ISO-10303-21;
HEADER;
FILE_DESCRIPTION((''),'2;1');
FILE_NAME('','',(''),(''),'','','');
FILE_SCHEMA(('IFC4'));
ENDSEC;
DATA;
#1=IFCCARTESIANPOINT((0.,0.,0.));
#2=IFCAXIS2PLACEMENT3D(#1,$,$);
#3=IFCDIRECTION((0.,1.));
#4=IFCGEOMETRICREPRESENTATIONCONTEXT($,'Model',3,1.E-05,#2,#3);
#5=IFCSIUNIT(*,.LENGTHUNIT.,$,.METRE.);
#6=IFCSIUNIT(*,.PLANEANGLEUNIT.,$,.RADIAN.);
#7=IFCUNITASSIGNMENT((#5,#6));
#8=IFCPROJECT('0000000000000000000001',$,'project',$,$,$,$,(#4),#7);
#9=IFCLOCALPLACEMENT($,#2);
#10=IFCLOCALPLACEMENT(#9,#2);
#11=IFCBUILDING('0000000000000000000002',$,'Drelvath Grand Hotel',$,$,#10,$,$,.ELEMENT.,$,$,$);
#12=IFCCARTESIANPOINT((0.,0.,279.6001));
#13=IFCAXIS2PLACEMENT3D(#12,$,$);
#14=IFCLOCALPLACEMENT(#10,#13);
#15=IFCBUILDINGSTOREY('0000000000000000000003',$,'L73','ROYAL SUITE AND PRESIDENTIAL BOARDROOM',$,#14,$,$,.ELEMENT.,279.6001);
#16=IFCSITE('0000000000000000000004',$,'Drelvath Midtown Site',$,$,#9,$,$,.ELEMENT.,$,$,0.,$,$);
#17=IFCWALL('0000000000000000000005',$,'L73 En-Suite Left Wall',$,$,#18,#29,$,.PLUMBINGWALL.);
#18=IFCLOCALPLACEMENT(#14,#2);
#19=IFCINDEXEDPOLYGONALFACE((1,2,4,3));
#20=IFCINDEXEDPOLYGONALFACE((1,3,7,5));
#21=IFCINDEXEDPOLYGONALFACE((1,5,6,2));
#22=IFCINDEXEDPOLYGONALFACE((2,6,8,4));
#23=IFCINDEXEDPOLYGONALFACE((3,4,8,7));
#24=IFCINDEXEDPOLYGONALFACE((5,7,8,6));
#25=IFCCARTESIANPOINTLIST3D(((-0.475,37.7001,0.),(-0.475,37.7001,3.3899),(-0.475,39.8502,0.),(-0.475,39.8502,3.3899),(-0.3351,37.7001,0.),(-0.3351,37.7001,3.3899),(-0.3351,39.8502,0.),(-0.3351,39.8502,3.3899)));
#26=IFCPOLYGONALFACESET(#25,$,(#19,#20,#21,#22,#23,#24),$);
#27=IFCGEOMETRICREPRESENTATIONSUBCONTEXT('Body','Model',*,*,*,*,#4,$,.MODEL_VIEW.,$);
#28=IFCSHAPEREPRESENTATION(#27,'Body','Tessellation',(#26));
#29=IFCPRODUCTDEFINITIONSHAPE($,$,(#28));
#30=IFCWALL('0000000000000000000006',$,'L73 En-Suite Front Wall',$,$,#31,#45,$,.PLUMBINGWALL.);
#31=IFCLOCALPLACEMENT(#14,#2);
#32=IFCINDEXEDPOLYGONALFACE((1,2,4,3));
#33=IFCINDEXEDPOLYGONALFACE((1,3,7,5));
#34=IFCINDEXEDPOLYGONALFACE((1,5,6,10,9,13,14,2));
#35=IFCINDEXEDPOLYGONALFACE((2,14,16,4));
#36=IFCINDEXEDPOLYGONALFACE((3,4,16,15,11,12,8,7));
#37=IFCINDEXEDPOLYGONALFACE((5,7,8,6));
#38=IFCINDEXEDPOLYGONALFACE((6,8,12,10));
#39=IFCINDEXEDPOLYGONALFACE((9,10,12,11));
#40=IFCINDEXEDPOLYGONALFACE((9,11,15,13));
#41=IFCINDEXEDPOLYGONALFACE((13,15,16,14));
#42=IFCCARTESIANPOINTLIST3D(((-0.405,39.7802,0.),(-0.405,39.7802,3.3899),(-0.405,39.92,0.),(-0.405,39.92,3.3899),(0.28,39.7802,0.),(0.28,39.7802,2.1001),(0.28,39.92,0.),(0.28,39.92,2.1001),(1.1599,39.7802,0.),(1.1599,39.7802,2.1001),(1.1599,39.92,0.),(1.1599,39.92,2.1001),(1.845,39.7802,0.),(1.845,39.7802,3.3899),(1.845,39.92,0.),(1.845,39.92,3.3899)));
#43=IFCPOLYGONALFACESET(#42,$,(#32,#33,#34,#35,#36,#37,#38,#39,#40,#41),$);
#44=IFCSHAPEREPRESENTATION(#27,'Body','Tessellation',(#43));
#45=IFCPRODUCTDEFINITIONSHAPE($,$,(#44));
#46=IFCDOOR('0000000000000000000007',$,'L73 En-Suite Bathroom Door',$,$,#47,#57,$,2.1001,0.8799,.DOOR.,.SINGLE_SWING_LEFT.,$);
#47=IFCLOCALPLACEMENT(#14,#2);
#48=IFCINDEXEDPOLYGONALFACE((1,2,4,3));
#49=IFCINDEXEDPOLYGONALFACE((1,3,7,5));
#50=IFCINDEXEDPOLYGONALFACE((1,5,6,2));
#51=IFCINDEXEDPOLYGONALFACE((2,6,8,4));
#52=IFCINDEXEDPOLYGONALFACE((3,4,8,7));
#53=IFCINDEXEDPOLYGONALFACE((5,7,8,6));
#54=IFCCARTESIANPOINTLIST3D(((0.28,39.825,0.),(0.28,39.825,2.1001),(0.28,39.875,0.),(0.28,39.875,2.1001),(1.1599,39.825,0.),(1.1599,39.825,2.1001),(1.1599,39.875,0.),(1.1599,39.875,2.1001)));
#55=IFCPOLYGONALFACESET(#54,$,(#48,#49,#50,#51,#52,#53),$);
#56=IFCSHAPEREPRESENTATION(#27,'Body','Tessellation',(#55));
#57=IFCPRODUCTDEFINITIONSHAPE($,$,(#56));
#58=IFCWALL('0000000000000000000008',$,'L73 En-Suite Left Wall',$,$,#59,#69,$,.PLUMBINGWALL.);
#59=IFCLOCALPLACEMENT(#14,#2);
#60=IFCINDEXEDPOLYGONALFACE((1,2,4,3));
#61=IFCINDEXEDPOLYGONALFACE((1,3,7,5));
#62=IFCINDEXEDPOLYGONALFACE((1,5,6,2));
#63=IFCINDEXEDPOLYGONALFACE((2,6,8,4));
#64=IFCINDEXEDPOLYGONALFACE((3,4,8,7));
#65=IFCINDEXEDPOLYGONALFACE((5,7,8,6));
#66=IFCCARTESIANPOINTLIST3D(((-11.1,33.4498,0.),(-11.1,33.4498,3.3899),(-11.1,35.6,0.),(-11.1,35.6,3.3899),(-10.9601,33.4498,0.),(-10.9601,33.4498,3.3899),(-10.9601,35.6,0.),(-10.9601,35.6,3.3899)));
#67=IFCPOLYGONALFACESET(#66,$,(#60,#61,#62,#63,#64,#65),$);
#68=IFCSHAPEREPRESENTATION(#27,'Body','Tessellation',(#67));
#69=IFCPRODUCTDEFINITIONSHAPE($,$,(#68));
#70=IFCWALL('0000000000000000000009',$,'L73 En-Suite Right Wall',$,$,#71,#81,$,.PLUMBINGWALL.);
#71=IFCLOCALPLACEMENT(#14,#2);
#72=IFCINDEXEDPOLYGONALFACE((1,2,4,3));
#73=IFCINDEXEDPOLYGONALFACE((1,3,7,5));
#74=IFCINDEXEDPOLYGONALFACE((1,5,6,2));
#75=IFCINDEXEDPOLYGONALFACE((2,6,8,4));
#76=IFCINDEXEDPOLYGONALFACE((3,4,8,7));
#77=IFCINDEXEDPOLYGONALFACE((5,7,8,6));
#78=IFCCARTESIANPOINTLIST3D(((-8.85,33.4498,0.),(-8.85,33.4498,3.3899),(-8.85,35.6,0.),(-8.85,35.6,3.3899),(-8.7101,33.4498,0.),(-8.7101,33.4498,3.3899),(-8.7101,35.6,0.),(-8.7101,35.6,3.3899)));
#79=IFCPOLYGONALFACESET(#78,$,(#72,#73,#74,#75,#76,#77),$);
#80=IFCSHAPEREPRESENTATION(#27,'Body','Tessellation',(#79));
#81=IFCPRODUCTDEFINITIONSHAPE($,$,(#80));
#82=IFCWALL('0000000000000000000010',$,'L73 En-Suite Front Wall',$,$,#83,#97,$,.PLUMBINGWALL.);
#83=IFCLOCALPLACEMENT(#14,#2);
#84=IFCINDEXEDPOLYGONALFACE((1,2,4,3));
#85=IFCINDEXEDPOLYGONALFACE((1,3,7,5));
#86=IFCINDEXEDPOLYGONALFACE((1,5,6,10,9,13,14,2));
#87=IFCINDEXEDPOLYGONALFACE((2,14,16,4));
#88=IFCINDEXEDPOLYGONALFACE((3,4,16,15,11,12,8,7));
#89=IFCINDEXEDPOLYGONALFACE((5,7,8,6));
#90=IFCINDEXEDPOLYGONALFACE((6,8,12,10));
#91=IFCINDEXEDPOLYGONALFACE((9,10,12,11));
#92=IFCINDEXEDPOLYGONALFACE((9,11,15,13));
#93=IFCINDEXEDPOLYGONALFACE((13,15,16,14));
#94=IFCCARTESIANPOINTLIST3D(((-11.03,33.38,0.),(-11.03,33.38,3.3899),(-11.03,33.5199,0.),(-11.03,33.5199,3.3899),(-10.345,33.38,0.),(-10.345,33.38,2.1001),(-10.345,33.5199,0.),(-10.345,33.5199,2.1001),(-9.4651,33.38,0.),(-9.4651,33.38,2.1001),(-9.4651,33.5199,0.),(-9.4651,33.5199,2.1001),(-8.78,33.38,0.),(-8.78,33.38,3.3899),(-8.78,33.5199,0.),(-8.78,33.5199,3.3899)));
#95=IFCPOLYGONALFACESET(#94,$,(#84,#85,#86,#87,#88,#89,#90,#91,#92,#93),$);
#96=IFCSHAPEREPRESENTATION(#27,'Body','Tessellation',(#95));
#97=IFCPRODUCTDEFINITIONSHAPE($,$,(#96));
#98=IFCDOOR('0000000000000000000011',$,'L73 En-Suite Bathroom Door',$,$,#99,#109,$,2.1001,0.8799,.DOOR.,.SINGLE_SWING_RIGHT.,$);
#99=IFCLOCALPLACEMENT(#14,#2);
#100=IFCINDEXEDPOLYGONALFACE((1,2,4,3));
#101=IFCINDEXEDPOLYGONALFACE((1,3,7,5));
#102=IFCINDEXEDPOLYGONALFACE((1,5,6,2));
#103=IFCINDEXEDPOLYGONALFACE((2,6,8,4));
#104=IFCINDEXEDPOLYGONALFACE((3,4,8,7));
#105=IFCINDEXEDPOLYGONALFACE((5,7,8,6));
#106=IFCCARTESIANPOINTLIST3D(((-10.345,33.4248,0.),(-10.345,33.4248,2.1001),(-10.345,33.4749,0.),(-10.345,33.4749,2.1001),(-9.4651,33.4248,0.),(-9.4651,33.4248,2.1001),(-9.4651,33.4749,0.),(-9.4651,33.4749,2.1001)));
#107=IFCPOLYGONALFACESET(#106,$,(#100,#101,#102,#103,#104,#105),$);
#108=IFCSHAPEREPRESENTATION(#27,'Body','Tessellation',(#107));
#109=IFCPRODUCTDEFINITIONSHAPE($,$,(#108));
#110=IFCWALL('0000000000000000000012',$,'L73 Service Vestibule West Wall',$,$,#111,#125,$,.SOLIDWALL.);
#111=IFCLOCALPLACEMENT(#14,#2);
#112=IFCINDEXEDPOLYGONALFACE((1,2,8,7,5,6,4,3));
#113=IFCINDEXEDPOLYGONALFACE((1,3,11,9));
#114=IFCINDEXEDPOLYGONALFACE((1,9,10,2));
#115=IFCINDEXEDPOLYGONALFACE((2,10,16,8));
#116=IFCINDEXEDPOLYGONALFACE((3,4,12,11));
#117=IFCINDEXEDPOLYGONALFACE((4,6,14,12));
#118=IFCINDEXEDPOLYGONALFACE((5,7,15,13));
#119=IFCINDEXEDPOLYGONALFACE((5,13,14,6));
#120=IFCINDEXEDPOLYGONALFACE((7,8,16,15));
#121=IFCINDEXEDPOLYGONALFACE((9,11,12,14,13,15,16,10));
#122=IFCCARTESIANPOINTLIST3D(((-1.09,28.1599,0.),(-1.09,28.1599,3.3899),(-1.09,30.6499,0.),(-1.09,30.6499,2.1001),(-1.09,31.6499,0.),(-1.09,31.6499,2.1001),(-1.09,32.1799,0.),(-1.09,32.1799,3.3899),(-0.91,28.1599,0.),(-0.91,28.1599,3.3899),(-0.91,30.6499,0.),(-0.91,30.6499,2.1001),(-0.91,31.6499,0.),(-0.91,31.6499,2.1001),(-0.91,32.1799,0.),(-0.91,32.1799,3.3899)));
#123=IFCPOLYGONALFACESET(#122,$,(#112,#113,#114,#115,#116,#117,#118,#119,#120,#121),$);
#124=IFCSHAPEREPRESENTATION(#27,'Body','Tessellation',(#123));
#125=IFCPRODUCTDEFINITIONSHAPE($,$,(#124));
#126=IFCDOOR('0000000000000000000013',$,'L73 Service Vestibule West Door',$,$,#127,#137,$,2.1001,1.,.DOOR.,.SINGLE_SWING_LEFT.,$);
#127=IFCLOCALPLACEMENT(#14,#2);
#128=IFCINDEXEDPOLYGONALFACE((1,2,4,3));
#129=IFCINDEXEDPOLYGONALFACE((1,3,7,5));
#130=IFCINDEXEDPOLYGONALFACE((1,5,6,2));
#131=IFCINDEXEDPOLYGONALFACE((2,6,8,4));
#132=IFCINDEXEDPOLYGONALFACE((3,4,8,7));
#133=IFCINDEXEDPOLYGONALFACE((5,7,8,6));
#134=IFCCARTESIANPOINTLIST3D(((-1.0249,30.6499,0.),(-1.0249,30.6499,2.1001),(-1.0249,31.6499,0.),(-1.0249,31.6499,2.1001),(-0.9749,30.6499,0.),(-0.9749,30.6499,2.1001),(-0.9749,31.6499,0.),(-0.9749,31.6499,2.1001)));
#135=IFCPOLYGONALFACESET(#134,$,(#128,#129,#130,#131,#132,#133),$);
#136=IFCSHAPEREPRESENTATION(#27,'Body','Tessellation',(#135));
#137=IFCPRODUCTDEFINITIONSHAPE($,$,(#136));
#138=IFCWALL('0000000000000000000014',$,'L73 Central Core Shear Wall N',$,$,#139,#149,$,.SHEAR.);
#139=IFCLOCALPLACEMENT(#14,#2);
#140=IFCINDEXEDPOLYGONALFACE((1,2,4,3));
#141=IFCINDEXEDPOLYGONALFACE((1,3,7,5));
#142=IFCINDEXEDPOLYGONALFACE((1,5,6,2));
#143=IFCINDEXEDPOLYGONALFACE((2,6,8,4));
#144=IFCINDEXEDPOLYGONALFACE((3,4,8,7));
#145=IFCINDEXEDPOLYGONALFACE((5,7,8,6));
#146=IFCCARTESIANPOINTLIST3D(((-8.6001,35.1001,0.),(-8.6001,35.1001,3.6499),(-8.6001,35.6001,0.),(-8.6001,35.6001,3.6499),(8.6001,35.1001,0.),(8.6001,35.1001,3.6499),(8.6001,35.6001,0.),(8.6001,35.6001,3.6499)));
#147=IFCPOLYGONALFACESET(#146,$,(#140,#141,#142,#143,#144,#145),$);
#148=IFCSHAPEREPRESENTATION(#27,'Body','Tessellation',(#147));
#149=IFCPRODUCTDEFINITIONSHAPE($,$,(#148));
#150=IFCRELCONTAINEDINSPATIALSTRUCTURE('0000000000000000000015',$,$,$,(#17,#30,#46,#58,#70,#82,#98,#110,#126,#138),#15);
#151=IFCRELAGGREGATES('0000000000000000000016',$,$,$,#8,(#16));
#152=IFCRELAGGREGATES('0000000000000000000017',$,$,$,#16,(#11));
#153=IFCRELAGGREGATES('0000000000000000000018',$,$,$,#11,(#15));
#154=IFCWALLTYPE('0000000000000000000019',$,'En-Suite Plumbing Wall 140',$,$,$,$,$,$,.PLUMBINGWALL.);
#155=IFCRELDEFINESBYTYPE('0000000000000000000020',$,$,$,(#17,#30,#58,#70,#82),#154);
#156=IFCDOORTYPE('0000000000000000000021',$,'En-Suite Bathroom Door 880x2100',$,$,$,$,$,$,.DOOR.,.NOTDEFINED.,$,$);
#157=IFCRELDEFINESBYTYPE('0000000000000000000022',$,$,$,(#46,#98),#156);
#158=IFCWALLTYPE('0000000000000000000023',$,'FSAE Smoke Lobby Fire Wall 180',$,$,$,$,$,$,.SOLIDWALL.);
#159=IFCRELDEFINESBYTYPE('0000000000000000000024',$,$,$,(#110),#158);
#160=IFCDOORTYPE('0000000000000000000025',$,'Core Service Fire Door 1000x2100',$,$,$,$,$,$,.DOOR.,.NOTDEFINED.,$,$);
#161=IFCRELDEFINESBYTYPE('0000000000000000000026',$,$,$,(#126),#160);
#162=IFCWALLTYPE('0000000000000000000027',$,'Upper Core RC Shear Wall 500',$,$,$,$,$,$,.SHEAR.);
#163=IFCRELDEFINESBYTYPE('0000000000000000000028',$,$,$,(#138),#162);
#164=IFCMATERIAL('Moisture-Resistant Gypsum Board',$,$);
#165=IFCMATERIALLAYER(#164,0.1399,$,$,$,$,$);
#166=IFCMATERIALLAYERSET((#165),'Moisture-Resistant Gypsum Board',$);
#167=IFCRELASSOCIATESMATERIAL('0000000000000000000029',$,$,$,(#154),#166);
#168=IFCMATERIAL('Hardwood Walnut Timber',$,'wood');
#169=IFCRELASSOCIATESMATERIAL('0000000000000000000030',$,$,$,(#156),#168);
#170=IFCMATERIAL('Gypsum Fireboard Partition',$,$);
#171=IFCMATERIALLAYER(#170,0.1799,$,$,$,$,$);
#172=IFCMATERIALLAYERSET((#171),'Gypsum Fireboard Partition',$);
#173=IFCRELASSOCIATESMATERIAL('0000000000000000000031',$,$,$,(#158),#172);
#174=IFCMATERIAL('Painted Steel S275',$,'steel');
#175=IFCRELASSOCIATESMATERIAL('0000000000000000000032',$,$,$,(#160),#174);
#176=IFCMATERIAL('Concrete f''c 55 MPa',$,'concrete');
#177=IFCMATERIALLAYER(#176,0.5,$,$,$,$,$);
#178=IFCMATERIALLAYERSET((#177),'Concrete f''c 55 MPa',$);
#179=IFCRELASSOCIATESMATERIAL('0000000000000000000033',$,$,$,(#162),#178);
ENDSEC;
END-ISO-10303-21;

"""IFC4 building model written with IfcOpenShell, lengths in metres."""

from ifc_helpers import new_model, si_unit, direction, frame, frame_2d, origin, place, context, subcontext, project, spatial, rectangle, extrude, material, layer, layer_set, type_object, element, fill, save


model = new_model("IFC4")

# Units and contexts
model_context = context("Model", 3, precision=1e-05, world=origin(), true_north=direction((0.0, 1.0)))
body_context = subcontext(model_context, "Body", "Model", "MODEL_VIEW")
ifc_project = project(units=[si_unit("LENGTHUNIT", "METRE"), si_unit("PLANEANGLEUNIT", "RADIAN")], contexts=[model_context])

# Site, building, storey
site_placement = place(None, origin())
site = spatial("IfcSite", under=ifc_project, at=site_placement, Name="Drelvath Midtown Site", CompositionType="ELEMENT", RefElevation=0.0)
building_placement = place(site_placement, origin())
building = spatial("IfcBuilding", under=site, at=building_placement, Name="Drelvath Grand Hotel", CompositionType="ELEMENT")
storey_placement = place(building_placement, frame((0.0, 0.0, 279.6001)))
storey = spatial("IfcBuildingStorey", under=building, at=storey_placement, Name="L73", Description="ROYAL SUITE AND PRESIDENTIAL BOARDROOM", CompositionType="ELEMENT", Elevation=279.6001)

# Shared definitions
ifc_material_1 = material(Name="Concrete f'c 55 MPa", Category="concrete")

# Shared definitions
ifc_material_2 = material(Name="Painted Steel S275", Category="steel")

# Wall
ifc_material_3 = material(Name="Gypsum Fireboard Partition")
ifc_material_4 = material(Name="Moisture-Resistant Gypsum Board")
ifc_layer_1 = layer(ifc_material_4, 0.1399)
ifc_layer_set_1 = layer_set([ifc_layer_1], Name="Moisture-Resistant Gypsum Board")
wall_type_1 = type_object("IfcWallType", Name="En-Suite Plumbing Wall 140", PredefinedType="PLUMBINGWALL", material=ifc_layer_set_1)
wall_1_placement = place(storey_placement, frame((-0.405, 37.7, 0.0), z_axis=(0.0, 0.0, 1.0), x_axis=(0.0, 1.0, 0.0)))
element("IfcWall", 1, at=wall_1_placement, inside=storey, type_object=wall_type_1, Name="L73 En-Suite Left Wall", PredefinedType="PLUMBINGWALL", context=body_context, shape_type="SweptSolid", body=[
    extrude(rectangle(XDim=2.1501, YDim=0.1399, at=frame_2d((1.0752, 0.0))), origin(), (0.0, 0.0, 1.0), 3.3899),
])

# Wall, opening, door
wall_2_placement = place(storey_placement, frame((-0.405, 39.8501, 0.0), z_axis=(0.0, 0.0, 1.0), x_axis=(1.0, 0.0, 0.0)))
wall_2 = element("IfcWall", 2, at=wall_2_placement, inside=storey, type_object=wall_type_1, Name="L73 En-Suite Front Wall", PredefinedType="PLUMBINGWALL", context=body_context, shape_type="SweptSolid", body=[
    extrude(rectangle(XDim=2.25, YDim=0.1399, at=frame_2d((1.125, 0.0))), origin(), (0.0, 0.0, 1.0), 3.3899),
])
opening_1_placement = place(wall_2_placement, frame((0.6851, 0.0, 0.0)))
opening_1 = element("IfcOpeningElement", 3, at=opening_1_placement, cuts=wall_2, PredefinedType="OPENING", context=body_context, shape_type="SweptSolid", body=[
    extrude(rectangle(XDim=0.8799, YDim=2.1001, at=frame_2d((0.4399, 1.05))), frame((0.0, 0.0798, 0.0), z_axis=(0.0, -1.0, 0.0), x_axis=(1.0, 0.0, 0.0)), (0.0, 0.0, 1.0), 0.1599),
])
ifc_material_5 = material(Name="Hardwood Walnut Timber", Category="wood")
door_type_1 = type_object("IfcDoorType", Name="En-Suite Bathroom Door 880x2100", OperationType="NOTDEFINED", PredefinedType="DOOR", material=ifc_material_5)
door_1_placement = place(opening_1_placement, origin())
door_1 = element("IfcDoor", 4, at=door_1_placement, inside=storey, type_object=door_type_1, Name="L73 En-Suite Bathroom Door", OperationType="SINGLE_SWING_LEFT", OverallHeight=2.1001, OverallWidth=0.8799, PredefinedType="DOOR", context=body_context, shape_type="SweptSolid", body=[
    extrude(rectangle(XDim=0.8799, YDim=2.1001, at=frame_2d((0.4399, 1.05))), frame((0.0, 0.0249, 0.0), z_axis=(0.0, -1.0, 0.0), x_axis=(1.0, 0.0, 0.0)), (0.0, 0.0, 1.0), 0.05),
])
fill(opening_1, door_1)

# Walls
for number, where, z_axis, x_axis, name in (
    (5, (-11.03, 35.6001, 0.0), (0.0, 0.0, 1.0), (0.0, -1.0, 0.0), "L73 En-Suite Left Wall"),
    (6, (-8.78, 35.6001, 0.0), (0.0, 0.0, 1.0), (0.0, -1.0, 0.0), "L73 En-Suite Right Wall"),
):
    element("IfcWall", number, at=place(storey_placement, frame(where, z_axis=z_axis, x_axis=x_axis)), inside=storey, type_object=wall_type_1, Name=name, PredefinedType="PLUMBINGWALL", context=body_context, shape_type="SweptSolid", body=[
        extrude(rectangle(XDim=2.1501, YDim=0.1399, at=frame_2d((1.0752, 0.0))), origin(), (0.0, 0.0, 1.0), 3.3899),
    ])

# Walls, openings, doors
wall_3_placement = place(storey_placement, frame((-11.03, 33.45, 0.0), z_axis=(0.0, 0.0, 1.0), x_axis=(1.0, 0.0, 0.0)))
wall_3 = element("IfcWall", 7, at=wall_3_placement, inside=storey, type_object=wall_type_1, Name="L73 En-Suite Front Wall", PredefinedType="PLUMBINGWALL", context=body_context, shape_type="SweptSolid", body=[
    extrude(rectangle(XDim=2.25, YDim=0.1399, at=frame_2d((1.125, 0.0))), origin(), (0.0, 0.0, 1.0), 3.3899),
])
opening_2_placement = place(wall_3_placement, frame((0.6851, 0.0, 0.0)))
opening_2 = element("IfcOpeningElement", 8, at=opening_2_placement, cuts=wall_3, PredefinedType="OPENING", context=body_context, shape_type="SweptSolid", body=[
    extrude(rectangle(XDim=0.8799, YDim=2.1001, at=frame_2d((0.4399, 1.05))), frame((0.0, 0.0798, 0.0), z_axis=(0.0, -1.0, 0.0), x_axis=(1.0, 0.0, 0.0)), (0.0, 0.0, 1.0), 0.1599),
])
door_2_placement = place(opening_2_placement, origin())
door_2 = element("IfcDoor", 9, at=door_2_placement, inside=storey, type_object=door_type_1, Name="L73 En-Suite Bathroom Door", OperationType="SINGLE_SWING_RIGHT", OverallHeight=2.1001, OverallWidth=0.8799, PredefinedType="DOOR", context=body_context, shape_type="SweptSolid", body=[
    extrude(rectangle(XDim=0.8799, YDim=2.1001, at=frame_2d((0.4399, 1.05))), frame((0.0, 0.0249, 0.0), z_axis=(0.0, -1.0, 0.0), x_axis=(1.0, 0.0, 0.0)), (0.0, 0.0, 1.0), 0.05),
])
fill(opening_2, door_2)
ifc_layer_2 = layer(ifc_material_3, 0.1799)
ifc_layer_set_2 = layer_set([ifc_layer_2], Name="Gypsum Fireboard Partition")
wall_type_2 = type_object("IfcWallType", Name="FSAE Smoke Lobby Fire Wall 180", PredefinedType="SOLIDWALL", material=ifc_layer_set_2)
wall_4_placement = place(storey_placement, frame((-1.0, 28.1599, 0.0), z_axis=(0.0, 0.0, 1.0), x_axis=(0.0, 1.0, 0.0)))
wall_4 = element("IfcWall", 10, at=wall_4_placement, inside=storey, type_object=wall_type_2, Name="L73 Service Vestibule West Wall", PredefinedType="SOLIDWALL", context=body_context, shape_type="SweptSolid", body=[
    extrude(rectangle(XDim=4.02, YDim=0.1799, at=frame_2d((2.01, 0.0))), origin(), (0.0, 0.0, 1.0), 3.3899),
])
opening_3_placement = place(wall_4_placement, frame((2.49, 0.0, 0.0)))
opening_3 = element("IfcOpeningElement", 11, at=opening_3_placement, cuts=wall_4, PredefinedType="OPENING", context=body_context, shape_type="SweptSolid", body=[
    extrude(rectangle(XDim=1.0, YDim=2.1001, at=frame_2d((0.5, 1.05))), frame((0.0, 0.0999, 0.0), z_axis=(0.0, -1.0, 0.0), x_axis=(1.0, 0.0, 0.0)), (0.0, 0.0, 1.0), 0.2),
])
door_type_2 = type_object("IfcDoorType", Name="Core Service Fire Door 1000x2100", OperationType="NOTDEFINED", PredefinedType="DOOR", material=ifc_material_2)
door_3_placement = place(opening_3_placement, origin())
door_3 = element("IfcDoor", 12, at=door_3_placement, inside=storey, type_object=door_type_2, Name="L73 Service Vestibule West Door", OperationType="SINGLE_SWING_LEFT", OverallHeight=2.1001, OverallWidth=1.0, PredefinedType="DOOR", context=body_context, shape_type="SweptSolid", body=[
    extrude(rectangle(XDim=1.0, YDim=2.1001, at=frame_2d((0.5, 1.05))), frame((0.0, 0.0249, 0.0), z_axis=(0.0, -1.0, 0.0), x_axis=(1.0, 0.0, 0.0)), (0.0, 0.0, 1.0), 0.05),
])
fill(opening_3, door_3)

# Wall
ifc_layer_3 = layer(ifc_material_1, 0.5)
ifc_layer_set_3 = layer_set([ifc_layer_3], Name="Concrete f'c 55 MPa")
wall_type_3 = type_object("IfcWallType", Name="Upper Core RC Shear Wall 500", PredefinedType="SHEAR", material=ifc_layer_set_3)
wall_5_placement = place(storey_placement, frame((-8.6001, 35.3501, 0.0), z_axis=(0.0, 0.0, 1.0), x_axis=(1.0, 0.0, 0.0)))
element("IfcWall", 13, at=wall_5_placement, inside=storey, type_object=wall_type_3, Name="L73 Central Core Shear Wall N", PredefinedType="SHEAR", context=body_context, shape_type="SweptSolid", body=[
    extrude(rectangle(XDim=17.2002, YDim=0.5, at=frame_2d((8.6001, 0.0))), origin(), (0.0, 0.0, 1.0), 3.6499),
])

save(model, "model.ifc")
